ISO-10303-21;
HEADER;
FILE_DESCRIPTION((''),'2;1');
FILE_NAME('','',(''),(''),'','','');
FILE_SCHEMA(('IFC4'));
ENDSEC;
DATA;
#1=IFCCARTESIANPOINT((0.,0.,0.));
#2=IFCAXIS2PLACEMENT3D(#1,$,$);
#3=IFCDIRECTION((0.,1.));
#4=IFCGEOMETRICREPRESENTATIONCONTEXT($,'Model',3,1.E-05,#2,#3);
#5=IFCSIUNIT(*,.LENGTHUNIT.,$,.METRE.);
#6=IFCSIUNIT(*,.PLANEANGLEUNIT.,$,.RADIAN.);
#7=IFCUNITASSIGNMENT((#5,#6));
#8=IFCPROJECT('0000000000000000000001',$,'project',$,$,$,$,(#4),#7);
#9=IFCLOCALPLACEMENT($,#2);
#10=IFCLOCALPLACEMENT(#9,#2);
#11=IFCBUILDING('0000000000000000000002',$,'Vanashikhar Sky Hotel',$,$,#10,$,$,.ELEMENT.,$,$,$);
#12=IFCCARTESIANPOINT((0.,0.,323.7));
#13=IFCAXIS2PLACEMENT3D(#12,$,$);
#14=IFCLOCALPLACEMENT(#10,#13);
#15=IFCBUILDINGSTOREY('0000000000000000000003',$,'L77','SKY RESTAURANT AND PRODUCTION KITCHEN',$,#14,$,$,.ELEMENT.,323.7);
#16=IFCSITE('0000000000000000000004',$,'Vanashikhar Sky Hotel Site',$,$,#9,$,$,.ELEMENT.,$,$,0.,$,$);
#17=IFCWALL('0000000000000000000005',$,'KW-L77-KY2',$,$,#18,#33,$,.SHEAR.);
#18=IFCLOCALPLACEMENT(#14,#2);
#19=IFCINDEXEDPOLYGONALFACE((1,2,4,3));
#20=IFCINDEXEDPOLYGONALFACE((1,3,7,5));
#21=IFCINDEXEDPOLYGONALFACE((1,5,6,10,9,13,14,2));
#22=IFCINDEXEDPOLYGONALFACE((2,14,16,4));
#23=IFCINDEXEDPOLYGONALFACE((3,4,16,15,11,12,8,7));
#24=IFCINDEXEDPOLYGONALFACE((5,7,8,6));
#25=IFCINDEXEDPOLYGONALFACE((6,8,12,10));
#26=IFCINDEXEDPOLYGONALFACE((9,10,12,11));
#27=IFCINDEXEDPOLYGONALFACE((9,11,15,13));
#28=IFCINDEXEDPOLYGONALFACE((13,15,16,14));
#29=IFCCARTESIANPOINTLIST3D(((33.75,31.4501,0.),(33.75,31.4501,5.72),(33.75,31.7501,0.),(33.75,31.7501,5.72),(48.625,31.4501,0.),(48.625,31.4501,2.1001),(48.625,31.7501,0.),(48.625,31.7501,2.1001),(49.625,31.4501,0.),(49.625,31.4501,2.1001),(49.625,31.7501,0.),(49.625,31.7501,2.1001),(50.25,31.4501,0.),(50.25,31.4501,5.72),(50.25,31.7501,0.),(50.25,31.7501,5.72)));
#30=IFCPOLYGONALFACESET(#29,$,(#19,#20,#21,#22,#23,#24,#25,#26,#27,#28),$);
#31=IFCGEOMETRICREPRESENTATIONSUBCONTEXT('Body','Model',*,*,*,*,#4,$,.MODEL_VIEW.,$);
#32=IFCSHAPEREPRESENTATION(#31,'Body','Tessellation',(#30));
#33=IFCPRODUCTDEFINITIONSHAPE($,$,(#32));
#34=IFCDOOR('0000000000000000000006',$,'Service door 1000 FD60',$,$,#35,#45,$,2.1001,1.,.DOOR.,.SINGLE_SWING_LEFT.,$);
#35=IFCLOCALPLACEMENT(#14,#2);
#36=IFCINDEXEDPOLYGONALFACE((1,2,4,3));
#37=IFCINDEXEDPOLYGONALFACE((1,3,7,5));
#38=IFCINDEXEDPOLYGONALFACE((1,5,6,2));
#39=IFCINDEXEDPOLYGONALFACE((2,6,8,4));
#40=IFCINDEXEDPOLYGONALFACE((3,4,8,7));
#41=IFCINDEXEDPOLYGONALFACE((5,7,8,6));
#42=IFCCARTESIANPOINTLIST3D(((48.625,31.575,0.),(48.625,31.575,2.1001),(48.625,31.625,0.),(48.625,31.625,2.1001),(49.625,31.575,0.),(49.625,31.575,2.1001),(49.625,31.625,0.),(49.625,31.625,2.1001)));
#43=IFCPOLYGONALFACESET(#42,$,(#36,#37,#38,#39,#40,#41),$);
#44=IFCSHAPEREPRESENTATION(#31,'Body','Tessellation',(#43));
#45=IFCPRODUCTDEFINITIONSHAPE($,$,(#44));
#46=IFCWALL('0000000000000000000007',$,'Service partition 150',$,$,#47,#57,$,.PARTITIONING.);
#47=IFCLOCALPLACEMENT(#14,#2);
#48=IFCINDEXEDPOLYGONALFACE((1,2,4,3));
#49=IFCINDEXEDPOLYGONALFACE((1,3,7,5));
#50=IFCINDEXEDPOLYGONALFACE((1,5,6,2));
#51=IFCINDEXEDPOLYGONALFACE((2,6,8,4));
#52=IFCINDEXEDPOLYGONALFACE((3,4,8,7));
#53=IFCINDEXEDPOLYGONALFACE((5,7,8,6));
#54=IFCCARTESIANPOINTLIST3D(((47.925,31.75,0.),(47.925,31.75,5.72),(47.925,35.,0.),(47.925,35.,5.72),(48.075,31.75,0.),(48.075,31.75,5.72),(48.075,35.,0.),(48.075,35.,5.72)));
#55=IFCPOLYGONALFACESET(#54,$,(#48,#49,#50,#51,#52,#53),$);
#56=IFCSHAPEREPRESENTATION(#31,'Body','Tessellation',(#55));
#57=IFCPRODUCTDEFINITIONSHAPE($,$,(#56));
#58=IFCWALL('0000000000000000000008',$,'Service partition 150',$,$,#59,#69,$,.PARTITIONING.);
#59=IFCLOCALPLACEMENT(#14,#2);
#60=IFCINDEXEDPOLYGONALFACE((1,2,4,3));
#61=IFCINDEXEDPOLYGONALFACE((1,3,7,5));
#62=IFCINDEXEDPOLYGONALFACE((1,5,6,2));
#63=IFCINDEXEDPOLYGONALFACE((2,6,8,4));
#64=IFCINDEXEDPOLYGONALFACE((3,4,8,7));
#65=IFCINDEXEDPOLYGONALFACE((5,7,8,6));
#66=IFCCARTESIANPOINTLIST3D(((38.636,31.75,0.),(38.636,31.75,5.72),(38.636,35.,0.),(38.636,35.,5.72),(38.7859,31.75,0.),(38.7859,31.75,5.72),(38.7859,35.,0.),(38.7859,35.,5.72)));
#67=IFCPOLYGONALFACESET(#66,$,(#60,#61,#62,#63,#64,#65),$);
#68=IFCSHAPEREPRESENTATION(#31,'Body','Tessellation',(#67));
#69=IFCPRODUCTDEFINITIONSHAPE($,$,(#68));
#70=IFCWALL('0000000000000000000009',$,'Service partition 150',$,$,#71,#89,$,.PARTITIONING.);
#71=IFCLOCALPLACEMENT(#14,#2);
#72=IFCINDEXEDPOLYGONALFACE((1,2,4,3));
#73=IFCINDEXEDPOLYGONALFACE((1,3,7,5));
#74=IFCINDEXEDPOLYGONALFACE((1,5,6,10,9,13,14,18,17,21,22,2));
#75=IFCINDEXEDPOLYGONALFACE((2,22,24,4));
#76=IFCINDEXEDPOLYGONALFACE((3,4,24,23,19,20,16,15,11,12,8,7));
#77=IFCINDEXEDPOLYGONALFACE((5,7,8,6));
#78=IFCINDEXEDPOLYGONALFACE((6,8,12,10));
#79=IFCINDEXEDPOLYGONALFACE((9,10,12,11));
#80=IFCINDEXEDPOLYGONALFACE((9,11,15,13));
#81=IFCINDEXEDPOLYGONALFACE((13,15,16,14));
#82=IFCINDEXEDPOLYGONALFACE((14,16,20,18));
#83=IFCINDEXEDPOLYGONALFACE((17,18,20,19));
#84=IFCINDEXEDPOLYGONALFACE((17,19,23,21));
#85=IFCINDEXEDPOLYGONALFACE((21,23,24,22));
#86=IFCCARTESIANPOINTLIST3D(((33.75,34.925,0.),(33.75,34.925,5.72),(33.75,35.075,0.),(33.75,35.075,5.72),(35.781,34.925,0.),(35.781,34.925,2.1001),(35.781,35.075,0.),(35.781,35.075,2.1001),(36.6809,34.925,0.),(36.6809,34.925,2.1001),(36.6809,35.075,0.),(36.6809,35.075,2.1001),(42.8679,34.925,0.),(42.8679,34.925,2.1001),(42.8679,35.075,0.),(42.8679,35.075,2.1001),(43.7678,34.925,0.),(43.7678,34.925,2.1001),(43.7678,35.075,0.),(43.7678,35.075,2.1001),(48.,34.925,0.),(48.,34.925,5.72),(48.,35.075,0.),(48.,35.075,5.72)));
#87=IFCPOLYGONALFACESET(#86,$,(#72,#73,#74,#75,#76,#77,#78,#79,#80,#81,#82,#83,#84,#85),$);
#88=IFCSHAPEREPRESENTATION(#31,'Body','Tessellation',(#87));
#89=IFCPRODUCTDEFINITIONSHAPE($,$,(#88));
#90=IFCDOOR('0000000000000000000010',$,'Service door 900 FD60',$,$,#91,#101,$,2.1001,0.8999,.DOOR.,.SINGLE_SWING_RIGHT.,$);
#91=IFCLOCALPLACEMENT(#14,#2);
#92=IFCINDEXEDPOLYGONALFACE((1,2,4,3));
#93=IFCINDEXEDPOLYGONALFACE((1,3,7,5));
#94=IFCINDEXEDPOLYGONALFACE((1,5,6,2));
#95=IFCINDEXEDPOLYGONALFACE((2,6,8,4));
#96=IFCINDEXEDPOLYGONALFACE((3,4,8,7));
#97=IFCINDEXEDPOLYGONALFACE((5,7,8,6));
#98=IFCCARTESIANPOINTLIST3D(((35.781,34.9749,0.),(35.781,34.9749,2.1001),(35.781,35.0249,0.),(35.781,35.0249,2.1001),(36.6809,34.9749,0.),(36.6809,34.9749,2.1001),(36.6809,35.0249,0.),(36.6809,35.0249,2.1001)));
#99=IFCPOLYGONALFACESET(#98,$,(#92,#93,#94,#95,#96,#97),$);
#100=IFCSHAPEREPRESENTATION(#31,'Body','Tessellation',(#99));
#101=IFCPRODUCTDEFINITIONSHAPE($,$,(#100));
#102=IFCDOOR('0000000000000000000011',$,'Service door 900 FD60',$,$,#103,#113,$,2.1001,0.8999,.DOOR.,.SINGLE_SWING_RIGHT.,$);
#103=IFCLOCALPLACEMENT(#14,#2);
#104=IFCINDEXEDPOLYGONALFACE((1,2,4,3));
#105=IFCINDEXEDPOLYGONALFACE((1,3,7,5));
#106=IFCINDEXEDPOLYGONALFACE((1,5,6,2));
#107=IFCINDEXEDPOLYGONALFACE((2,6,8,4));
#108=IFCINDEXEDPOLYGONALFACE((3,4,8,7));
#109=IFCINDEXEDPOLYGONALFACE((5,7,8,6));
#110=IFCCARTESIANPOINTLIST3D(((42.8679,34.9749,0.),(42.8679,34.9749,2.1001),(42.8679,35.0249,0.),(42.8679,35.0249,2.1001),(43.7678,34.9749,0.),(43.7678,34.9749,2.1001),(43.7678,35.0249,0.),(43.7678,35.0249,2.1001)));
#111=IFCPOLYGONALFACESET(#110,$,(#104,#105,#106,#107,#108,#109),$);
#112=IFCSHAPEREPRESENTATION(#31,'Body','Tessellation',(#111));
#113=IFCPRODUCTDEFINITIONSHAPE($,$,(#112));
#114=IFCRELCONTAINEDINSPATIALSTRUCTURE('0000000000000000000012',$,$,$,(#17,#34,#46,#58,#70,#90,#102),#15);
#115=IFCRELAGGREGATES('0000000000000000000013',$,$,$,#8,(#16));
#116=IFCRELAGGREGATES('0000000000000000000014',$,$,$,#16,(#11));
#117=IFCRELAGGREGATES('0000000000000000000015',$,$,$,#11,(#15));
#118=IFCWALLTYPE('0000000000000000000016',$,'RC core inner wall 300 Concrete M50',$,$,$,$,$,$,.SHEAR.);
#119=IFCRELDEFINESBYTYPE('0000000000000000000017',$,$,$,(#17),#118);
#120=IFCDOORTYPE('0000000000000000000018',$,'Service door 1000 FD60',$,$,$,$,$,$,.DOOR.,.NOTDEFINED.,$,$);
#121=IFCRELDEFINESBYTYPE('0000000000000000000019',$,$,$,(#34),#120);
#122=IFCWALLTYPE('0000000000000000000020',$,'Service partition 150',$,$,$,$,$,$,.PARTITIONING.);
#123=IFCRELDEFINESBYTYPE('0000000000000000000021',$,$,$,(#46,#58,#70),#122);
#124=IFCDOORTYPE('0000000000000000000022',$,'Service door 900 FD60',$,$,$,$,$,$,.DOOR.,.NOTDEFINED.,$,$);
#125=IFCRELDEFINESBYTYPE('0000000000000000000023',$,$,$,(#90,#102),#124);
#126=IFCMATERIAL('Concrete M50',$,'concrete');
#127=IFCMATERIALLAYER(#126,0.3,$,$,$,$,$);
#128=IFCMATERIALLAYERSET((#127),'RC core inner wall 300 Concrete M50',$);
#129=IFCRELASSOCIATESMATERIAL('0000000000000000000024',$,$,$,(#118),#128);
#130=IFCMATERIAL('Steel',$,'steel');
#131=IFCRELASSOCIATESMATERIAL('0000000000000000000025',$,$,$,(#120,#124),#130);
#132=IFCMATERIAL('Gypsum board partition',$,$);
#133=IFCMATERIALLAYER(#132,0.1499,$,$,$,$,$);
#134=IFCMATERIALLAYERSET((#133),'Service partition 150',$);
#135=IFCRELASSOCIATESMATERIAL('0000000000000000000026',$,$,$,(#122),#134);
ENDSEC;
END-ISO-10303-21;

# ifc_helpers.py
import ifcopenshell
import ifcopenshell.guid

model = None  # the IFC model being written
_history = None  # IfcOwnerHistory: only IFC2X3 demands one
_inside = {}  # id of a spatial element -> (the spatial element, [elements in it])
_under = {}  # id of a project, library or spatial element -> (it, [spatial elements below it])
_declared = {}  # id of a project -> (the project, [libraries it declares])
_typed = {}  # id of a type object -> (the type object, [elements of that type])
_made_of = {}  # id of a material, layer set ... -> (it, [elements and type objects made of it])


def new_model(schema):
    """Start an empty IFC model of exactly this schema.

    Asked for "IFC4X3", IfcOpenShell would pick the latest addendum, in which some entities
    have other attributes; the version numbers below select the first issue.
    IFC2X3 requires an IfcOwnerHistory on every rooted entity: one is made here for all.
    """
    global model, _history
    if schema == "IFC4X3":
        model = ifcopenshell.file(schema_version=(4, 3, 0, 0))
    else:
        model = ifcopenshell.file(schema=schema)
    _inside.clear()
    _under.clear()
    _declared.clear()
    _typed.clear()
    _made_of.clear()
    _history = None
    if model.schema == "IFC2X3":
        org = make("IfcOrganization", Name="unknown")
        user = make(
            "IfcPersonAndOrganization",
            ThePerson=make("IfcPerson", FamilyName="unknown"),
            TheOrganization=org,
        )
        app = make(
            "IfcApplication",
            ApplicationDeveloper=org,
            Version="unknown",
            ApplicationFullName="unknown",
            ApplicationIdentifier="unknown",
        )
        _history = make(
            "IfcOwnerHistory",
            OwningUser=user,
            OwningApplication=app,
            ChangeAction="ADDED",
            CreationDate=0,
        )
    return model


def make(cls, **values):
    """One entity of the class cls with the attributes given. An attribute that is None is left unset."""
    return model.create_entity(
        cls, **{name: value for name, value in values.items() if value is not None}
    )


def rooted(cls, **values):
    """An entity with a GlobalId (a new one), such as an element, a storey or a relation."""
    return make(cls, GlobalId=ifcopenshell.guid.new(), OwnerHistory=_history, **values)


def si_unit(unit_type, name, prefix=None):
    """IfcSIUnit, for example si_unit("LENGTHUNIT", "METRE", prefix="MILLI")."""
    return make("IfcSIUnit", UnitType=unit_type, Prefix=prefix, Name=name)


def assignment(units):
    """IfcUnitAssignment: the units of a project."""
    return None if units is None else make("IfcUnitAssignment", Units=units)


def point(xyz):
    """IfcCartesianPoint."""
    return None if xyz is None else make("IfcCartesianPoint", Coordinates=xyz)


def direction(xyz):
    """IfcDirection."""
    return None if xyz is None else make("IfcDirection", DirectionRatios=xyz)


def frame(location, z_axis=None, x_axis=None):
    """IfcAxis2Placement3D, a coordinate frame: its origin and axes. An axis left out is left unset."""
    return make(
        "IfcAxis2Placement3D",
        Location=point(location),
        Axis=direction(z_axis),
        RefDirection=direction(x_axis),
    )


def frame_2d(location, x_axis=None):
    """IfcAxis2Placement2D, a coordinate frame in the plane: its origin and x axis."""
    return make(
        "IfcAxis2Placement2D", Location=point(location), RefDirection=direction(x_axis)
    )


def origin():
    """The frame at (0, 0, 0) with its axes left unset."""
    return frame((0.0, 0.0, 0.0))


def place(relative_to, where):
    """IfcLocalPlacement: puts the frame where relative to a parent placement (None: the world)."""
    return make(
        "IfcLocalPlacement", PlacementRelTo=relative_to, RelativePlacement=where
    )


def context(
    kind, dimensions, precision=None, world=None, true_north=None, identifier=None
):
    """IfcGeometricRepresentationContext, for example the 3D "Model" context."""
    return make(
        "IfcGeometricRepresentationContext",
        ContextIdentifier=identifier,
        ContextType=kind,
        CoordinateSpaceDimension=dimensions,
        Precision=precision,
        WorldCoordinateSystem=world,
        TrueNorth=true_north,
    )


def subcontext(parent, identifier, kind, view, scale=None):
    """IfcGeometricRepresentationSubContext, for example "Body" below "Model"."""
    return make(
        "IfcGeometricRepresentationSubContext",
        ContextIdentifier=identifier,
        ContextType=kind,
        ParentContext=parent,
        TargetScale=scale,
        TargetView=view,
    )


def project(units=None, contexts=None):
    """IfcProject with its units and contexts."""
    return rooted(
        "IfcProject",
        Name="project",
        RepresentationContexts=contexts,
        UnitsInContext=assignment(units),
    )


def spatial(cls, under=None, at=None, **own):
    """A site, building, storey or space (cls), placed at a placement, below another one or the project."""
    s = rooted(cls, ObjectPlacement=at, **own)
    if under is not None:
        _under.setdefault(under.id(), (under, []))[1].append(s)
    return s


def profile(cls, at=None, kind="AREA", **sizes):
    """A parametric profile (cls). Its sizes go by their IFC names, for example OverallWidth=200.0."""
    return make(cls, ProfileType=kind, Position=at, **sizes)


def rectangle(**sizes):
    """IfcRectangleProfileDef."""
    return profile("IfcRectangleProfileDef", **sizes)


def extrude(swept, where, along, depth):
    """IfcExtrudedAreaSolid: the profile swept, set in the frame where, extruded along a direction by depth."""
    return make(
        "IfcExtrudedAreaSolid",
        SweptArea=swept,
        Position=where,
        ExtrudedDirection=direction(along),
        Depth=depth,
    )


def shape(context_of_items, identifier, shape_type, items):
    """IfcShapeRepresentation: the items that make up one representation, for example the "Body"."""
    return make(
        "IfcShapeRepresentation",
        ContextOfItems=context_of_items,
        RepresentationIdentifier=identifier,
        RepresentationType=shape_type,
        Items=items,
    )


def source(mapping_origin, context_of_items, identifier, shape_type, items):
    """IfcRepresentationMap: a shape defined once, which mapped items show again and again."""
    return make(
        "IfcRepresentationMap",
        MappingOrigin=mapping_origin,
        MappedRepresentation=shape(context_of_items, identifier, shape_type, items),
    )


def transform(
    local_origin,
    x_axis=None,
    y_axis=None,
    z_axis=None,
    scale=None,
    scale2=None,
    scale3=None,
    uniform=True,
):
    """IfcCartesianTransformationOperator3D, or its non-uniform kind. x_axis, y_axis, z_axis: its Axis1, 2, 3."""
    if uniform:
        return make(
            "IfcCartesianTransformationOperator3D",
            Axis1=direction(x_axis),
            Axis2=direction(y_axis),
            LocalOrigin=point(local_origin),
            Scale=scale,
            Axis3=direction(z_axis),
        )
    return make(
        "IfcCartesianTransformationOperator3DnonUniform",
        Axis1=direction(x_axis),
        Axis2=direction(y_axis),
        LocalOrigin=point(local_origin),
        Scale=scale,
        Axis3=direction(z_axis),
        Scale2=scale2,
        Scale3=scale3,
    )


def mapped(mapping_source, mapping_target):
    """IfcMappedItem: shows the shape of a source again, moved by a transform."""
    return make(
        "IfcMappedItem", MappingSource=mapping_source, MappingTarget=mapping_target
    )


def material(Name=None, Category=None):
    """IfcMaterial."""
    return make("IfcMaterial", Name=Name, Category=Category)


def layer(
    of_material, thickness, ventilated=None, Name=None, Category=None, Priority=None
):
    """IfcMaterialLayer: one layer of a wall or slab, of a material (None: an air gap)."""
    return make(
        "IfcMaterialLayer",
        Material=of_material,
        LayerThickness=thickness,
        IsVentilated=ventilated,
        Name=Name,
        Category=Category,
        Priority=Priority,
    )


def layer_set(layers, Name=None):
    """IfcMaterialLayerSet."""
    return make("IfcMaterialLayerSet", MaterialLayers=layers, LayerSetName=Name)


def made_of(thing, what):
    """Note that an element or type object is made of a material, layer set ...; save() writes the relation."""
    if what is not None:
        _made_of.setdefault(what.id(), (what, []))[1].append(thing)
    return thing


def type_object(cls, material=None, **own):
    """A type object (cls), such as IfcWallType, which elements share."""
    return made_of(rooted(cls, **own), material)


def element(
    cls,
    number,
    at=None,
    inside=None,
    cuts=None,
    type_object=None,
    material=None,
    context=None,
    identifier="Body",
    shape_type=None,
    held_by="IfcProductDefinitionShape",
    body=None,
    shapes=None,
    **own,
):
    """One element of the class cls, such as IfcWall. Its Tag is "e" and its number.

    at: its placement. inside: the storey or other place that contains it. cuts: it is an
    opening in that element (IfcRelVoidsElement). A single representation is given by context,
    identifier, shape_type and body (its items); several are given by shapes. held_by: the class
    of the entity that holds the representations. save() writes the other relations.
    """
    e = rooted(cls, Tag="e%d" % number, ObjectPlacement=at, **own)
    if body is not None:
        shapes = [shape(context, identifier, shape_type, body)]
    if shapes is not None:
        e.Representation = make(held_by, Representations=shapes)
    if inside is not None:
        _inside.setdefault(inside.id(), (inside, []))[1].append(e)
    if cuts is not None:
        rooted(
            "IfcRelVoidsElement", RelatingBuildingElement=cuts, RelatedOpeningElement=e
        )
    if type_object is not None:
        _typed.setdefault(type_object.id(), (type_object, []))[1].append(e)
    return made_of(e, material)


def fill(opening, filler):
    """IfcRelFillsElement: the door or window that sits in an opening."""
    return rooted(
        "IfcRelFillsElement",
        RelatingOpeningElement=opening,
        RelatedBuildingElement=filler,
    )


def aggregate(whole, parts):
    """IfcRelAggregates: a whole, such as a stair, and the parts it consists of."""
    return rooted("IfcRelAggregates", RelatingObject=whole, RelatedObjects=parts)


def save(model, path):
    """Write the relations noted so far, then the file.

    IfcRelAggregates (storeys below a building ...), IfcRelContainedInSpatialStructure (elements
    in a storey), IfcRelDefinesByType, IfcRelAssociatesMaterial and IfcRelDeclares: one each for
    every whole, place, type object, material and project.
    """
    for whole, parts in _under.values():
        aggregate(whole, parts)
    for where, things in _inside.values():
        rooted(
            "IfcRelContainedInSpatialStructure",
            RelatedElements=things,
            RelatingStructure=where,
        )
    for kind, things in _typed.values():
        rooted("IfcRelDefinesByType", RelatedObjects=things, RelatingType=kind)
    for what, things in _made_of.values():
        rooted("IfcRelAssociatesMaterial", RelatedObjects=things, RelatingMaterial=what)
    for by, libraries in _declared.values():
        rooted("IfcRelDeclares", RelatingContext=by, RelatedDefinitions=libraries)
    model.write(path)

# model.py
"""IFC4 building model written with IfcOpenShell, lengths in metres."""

from ifc_helpers import new_model, si_unit, direction, frame, frame_2d, origin, place, context, subcontext, project, spatial, rectangle, extrude, source, transform, mapped, material, layer, layer_set, type_object, element, fill, save


model = new_model("IFC4")

# Units and contexts
model_context = context("Model", 3, precision=1e-05, world=origin(), true_north=direction((0.0, 1.0)))
body_context = subcontext(model_context, "Body", "Model", "MODEL_VIEW")
ifc_project = project(units=[si_unit("LENGTHUNIT", "METRE"), si_unit("PLANEANGLEUNIT", "RADIAN")], contexts=[model_context])

# Site, building, storey
site_placement = place(None, origin())
site = spatial("IfcSite", under=ifc_project, at=site_placement, Name="Vanashikhar Sky Hotel Site", CompositionType="ELEMENT", RefElevation=0.0)
building_placement = place(site_placement, origin())
building = spatial("IfcBuilding", under=site, at=building_placement, Name="Vanashikhar Sky Hotel", CompositionType="ELEMENT")
storey_placement = place(building_placement, frame((0.0, 0.0, 323.7)))
storey = spatial("IfcBuildingStorey", under=building, at=storey_placement, Name="L77", Description="SKY RESTAURANT AND PRODUCTION KITCHEN", CompositionType="ELEMENT", Elevation=323.7)

# Wall, opening, door
ifc_material_1 = material(Name="Concrete M50", Category="concrete")
ifc_layer_1 = layer(ifc_material_1, 0.3)
ifc_layer_set_1 = layer_set([ifc_layer_1], Name="RC core inner wall 300 Concrete M50")
wall_type_1 = type_object("IfcWallType", Name="RC core inner wall 300 Concrete M50", PredefinedType="SHEAR", material=ifc_layer_set_1)
shared_shape_1 = source(origin(), body_context, "Body", "SweptSolid", [
    extrude(rectangle(XDim=16.5, YDim=0.3, at=frame_2d((8.25, 0.0))), origin(), (0.0, 0.0, 1.0), 5.72),
])
wall_1_placement = place(storey_placement, frame((33.75, 31.6001, 0.0), z_axis=(0.0, 0.0, 1.0), x_axis=(1.0, 0.0, 0.0)))
wall_1 = element("IfcWall", 1, at=wall_1_placement, inside=storey, type_object=wall_type_1, Name="KW-L77-KY2", PredefinedType="SHEAR", context=body_context, shape_type="MappedRepresentation", body=[
    mapped(shared_shape_1, transform((0.0, 0.0, 0.0), scale=1.0)),
])
shared_shape_2 = source(origin(), body_context, "Body", "SweptSolid", [
    extrude(rectangle(XDim=1.0, YDim=2.1001, at=frame_2d((0.5, 1.05))), frame((0.0, 0.1602, 0.0), z_axis=(0.0, -1.0, 0.0), x_axis=(1.0, 0.0, 0.0)), (0.0, 0.0, 1.0), 0.3201),
])
opening_1_placement = place(wall_1_placement, frame((14.875, 0.0, 0.0)))
opening_1 = element("IfcOpeningElement", 2, at=opening_1_placement, cuts=wall_1, PredefinedType="OPENING", context=body_context, shape_type="MappedRepresentation", body=[
    mapped(shared_shape_2, transform((0.0, 0.0, 0.0), scale=1.0)),
])
ifc_material_2 = material(Name="Steel", Category="steel")
door_type_1 = type_object("IfcDoorType", Name="Service door 1000 FD60", OperationType="NOTDEFINED", PredefinedType="DOOR", material=ifc_material_2)
shared_shape_3 = source(origin(), body_context, "Body", "SweptSolid", [
    extrude(rectangle(XDim=1.0, YDim=2.1001, at=frame_2d((0.5, 1.05))), frame((0.0, 0.0249, 0.0), z_axis=(0.0, -1.0, 0.0), x_axis=(1.0, 0.0, 0.0)), (0.0, 0.0, 1.0), 0.05),
])
door_1_placement = place(opening_1_placement, origin())
door_1 = element("IfcDoor", 3, at=door_1_placement, inside=storey, type_object=door_type_1, Name="Service door 1000 FD60", OperationType="SINGLE_SWING_LEFT", OverallHeight=2.1001, OverallWidth=1.0, PredefinedType="DOOR", context=body_context, shape_type="MappedRepresentation", body=[
    mapped(shared_shape_3, transform((0.0, 0.0, 0.0), scale=1.0)),
])
fill(opening_1, door_1)

# Walls
ifc_material_3 = material(Name="Gypsum board partition")
ifc_layer_2 = layer(ifc_material_3, 0.1499)
ifc_layer_set_2 = layer_set([ifc_layer_2], Name="Service partition 150")
wall_type_2 = type_object("IfcWallType", Name="Service partition 150", PredefinedType="PARTITIONING", material=ifc_layer_set_2)
shared_shape_4 = source(origin(), body_context, "Body", "SweptSolid", [
    extrude(rectangle(XDim=3.25, YDim=0.1499, at=frame_2d((1.625, 0.0))), origin(), (0.0, 0.0, 1.0), 5.72),
])
for number, where, z_axis, x_axis, name in (
    (4, (48.0, 31.75, 0.0), (0.0, 0.0, 1.0), (0.0, 1.0, 0.0), "Service partition 150"),
    (5, (38.7109, 31.75, 0.0), (0.0, 0.0, 1.0), (0.0, 1.0, 0.0), "Service partition 150"),
):
    element("IfcWall", number, at=place(storey_placement, frame(where, z_axis=z_axis, x_axis=x_axis)), inside=storey, type_object=wall_type_2, Name=name, PredefinedType="PARTITIONING", context=body_context, shape_type="MappedRepresentation", body=[
        mapped(shared_shape_4, transform((0.0, 0.0, 0.0), scale=1.0)),
    ])

# Wall, openings, doors
shared_shape_5 = source(origin(), body_context, "Body", "SweptSolid", [
    extrude(rectangle(XDim=14.25, YDim=0.1499, at=frame_2d((7.125, 0.0))), origin(), (0.0, 0.0, 1.0), 5.72),
])
wall_2_placement = place(storey_placement, frame((33.75, 35.0, 0.0), z_axis=(0.0, 0.0, 1.0), x_axis=(1.0, 0.0, 0.0)))
wall_2 = element("IfcWall", 6, at=wall_2_placement, inside=storey, type_object=wall_type_2, Name="Service partition 150", PredefinedType="PARTITIONING", context=body_context, shape_type="MappedRepresentation", body=[
    mapped(shared_shape_5, transform((0.0, 0.0, 0.0), scale=1.0)),
])
shared_shape_6 = source(origin(), body_context, "Body", "SweptSolid", [
    extrude(rectangle(XDim=0.8999, YDim=2.1001, at=frame_2d((0.45, 1.05))), frame((0.0, 0.085, 0.0), z_axis=(0.0, -1.0, 0.0), x_axis=(1.0, 0.0, 0.0)), (0.0, 0.0, 1.0), 0.1699),
])
opening_2_placement = place(wall_2_placement, frame((2.031, 0.0, 0.0)))
opening_2 = element("IfcOpeningElement", 7, at=opening_2_placement, cuts=wall_2, PredefinedType="OPENING", context=body_context, shape_type="MappedRepresentation", body=[
    mapped(shared_shape_6, transform((0.0, 0.0, 0.0), scale=1.0)),
])
opening_3_placement = place(wall_2_placement, frame((9.1179, 0.0, 0.0)))
opening_3 = element("IfcOpeningElement", 8, at=opening_3_placement, cuts=wall_2, PredefinedType="OPENING", context=body_context, shape_type="MappedRepresentation", body=[
    mapped(shared_shape_6, transform((0.0, 0.0, 0.0), scale=1.0)),
])
door_type_2 = type_object("IfcDoorType", Name="Service door 900 FD60", OperationType="NOTDEFINED", PredefinedType="DOOR", material=ifc_material_2)
shared_shape_7 = source(origin(), body_context, "Body", "SweptSolid", [
    extrude(rectangle(XDim=0.8999, YDim=2.1001, at=frame_2d((0.45, 1.05))), frame((0.0, 0.0249, 0.0), z_axis=(0.0, -1.0, 0.0), x_axis=(1.0, 0.0, 0.0)), (0.0, 0.0, 1.0), 0.05),
])
door_2_placement = place(opening_2_placement, origin())
door_2 = element("IfcDoor", 9, at=door_2_placement, inside=storey, type_object=door_type_2, Name="Service door 900 FD60", OperationType="SINGLE_SWING_RIGHT", OverallHeight=2.1001, OverallWidth=0.8999, PredefinedType="DOOR", context=body_context, shape_type="MappedRepresentation", body=[
    mapped(shared_shape_7, transform((0.0, 0.0, 0.0), scale=1.0)),
])
fill(opening_2, door_2)
door_3_placement = place(opening_3_placement, origin())
door_3 = element("IfcDoor", 10, at=door_3_placement, inside=storey, type_object=door_type_2, Name="Service door 900 FD60", OperationType="SINGLE_SWING_RIGHT", OverallHeight=2.1001, OverallWidth=0.8999, PredefinedType="DOOR", context=body_context, shape_type="MappedRepresentation", body=[
    mapped(shared_shape_7, transform((0.0, 0.0, 0.0), scale=1.0)),
])
fill(opening_3, door_3)

save(model, "model.ifc")
